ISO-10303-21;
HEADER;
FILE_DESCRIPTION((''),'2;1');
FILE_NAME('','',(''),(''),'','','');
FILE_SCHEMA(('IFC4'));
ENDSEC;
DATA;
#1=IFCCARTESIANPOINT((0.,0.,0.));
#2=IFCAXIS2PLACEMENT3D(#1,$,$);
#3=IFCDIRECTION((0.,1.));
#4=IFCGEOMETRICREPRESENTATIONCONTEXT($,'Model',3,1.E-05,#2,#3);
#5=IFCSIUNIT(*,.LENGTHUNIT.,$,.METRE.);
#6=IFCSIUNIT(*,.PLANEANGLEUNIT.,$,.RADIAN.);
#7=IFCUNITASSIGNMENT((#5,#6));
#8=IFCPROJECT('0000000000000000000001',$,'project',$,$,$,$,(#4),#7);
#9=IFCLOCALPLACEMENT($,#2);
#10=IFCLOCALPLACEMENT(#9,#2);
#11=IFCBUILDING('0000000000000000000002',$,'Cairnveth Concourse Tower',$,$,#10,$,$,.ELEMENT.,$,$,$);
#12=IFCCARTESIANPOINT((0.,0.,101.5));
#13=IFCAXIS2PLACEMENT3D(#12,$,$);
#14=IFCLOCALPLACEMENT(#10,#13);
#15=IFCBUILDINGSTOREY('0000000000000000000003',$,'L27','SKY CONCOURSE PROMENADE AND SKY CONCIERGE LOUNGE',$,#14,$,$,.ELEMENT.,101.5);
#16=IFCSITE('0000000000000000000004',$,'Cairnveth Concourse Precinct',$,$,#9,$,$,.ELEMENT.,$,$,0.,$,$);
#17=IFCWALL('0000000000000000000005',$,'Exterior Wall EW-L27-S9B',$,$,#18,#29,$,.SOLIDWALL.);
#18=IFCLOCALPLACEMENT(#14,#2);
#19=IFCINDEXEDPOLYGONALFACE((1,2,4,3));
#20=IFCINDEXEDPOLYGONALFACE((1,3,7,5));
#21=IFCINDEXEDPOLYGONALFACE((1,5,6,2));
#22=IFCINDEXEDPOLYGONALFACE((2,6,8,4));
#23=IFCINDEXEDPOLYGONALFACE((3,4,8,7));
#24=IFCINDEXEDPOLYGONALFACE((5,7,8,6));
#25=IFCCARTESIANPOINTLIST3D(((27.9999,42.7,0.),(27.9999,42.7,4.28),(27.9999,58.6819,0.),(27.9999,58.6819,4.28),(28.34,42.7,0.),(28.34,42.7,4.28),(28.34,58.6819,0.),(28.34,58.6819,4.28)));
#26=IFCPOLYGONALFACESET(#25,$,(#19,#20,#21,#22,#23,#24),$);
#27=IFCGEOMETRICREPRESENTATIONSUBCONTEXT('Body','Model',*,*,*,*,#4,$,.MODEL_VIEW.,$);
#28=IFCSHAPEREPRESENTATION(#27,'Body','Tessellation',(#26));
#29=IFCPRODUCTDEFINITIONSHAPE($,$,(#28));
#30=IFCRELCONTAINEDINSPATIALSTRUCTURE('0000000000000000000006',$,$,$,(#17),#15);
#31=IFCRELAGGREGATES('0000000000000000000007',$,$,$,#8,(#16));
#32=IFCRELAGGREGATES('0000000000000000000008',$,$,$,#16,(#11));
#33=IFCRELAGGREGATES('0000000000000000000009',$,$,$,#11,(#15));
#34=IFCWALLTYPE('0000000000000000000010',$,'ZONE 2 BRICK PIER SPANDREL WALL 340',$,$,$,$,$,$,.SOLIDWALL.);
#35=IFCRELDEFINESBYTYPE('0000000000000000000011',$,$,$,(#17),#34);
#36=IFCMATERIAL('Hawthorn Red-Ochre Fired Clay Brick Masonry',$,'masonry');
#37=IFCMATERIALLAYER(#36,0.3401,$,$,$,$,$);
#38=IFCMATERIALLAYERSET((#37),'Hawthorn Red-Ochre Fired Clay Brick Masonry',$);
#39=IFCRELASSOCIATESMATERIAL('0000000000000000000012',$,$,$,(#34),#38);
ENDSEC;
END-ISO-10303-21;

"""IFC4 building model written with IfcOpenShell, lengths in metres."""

from ifc_helpers import new_model, si_unit, direction, frame, frame_2d, origin, place, context, subcontext, project, spatial, rectangle, extrude, material, layer, layer_set, type_object, element, save


model = new_model("IFC4")

# Units and contexts
model_context = context("Model", 3, precision=1e-05, world=origin(), true_north=direction((0.0, 1.0)))
body_context = subcontext(model_context, "Body", "Model", "MODEL_VIEW")
ifc_project = project(units=[si_unit("LENGTHUNIT", "METRE"), si_unit("PLANEANGLEUNIT", "RADIAN")], contexts=[model_context])

# Site, building, storey
site_placement = place(None, origin())
site = spatial("IfcSite", under=ifc_project, at=site_placement, Name="Cairnveth Concourse Precinct", CompositionType="ELEMENT", RefElevation=0.0)
building_placement = place(site_placement, origin())
building = spatial("IfcBuilding", under=site, at=building_placement, Name="Cairnveth Concourse Tower", CompositionType="ELEMENT")
storey_placement = place(building_placement, frame((0.0, 0.0, 101.5)))
storey = spatial("IfcBuildingStorey", under=building, at=storey_placement, Name="L27", Description="SKY CONCOURSE PROMENADE AND SKY CONCIERGE LOUNGE", CompositionType="ELEMENT", Elevation=101.5)

# Wall
ifc_material_1 = material(Name="Hawthorn Red-Ochre Fired Clay Brick Masonry", Category="masonry")
ifc_layer_1 = layer(ifc_material_1, 0.3401)
ifc_layer_set_1 = layer_set([ifc_layer_1], Name="Hawthorn Red-Ochre Fired Clay Brick Masonry")
wall_type_1 = type_object("IfcWallType", Name="ZONE 2 BRICK PIER SPANDREL WALL 340", PredefinedType="SOLIDWALL", material=ifc_layer_set_1)
wall_1_placement = place(storey_placement, frame((28.1699, 42.7, 0.0), z_axis=(0.0, 0.0, 1.0), x_axis=(0.0, 1.0, 0.0)))
element("IfcWall", 1, at=wall_1_placement, inside=storey, type_object=wall_type_1, Name="Exterior Wall EW-L27-S9B", PredefinedType="SOLIDWALL", context=body_context, shape_type="SweptSolid", body=[
    extrude(rectangle(XDim=15.9819, YDim=0.3401, at=frame_2d((7.991, 0.0))), origin(), (0.0, 0.0, 1.0), 4.28),
])

save(model, "model.ifc")
